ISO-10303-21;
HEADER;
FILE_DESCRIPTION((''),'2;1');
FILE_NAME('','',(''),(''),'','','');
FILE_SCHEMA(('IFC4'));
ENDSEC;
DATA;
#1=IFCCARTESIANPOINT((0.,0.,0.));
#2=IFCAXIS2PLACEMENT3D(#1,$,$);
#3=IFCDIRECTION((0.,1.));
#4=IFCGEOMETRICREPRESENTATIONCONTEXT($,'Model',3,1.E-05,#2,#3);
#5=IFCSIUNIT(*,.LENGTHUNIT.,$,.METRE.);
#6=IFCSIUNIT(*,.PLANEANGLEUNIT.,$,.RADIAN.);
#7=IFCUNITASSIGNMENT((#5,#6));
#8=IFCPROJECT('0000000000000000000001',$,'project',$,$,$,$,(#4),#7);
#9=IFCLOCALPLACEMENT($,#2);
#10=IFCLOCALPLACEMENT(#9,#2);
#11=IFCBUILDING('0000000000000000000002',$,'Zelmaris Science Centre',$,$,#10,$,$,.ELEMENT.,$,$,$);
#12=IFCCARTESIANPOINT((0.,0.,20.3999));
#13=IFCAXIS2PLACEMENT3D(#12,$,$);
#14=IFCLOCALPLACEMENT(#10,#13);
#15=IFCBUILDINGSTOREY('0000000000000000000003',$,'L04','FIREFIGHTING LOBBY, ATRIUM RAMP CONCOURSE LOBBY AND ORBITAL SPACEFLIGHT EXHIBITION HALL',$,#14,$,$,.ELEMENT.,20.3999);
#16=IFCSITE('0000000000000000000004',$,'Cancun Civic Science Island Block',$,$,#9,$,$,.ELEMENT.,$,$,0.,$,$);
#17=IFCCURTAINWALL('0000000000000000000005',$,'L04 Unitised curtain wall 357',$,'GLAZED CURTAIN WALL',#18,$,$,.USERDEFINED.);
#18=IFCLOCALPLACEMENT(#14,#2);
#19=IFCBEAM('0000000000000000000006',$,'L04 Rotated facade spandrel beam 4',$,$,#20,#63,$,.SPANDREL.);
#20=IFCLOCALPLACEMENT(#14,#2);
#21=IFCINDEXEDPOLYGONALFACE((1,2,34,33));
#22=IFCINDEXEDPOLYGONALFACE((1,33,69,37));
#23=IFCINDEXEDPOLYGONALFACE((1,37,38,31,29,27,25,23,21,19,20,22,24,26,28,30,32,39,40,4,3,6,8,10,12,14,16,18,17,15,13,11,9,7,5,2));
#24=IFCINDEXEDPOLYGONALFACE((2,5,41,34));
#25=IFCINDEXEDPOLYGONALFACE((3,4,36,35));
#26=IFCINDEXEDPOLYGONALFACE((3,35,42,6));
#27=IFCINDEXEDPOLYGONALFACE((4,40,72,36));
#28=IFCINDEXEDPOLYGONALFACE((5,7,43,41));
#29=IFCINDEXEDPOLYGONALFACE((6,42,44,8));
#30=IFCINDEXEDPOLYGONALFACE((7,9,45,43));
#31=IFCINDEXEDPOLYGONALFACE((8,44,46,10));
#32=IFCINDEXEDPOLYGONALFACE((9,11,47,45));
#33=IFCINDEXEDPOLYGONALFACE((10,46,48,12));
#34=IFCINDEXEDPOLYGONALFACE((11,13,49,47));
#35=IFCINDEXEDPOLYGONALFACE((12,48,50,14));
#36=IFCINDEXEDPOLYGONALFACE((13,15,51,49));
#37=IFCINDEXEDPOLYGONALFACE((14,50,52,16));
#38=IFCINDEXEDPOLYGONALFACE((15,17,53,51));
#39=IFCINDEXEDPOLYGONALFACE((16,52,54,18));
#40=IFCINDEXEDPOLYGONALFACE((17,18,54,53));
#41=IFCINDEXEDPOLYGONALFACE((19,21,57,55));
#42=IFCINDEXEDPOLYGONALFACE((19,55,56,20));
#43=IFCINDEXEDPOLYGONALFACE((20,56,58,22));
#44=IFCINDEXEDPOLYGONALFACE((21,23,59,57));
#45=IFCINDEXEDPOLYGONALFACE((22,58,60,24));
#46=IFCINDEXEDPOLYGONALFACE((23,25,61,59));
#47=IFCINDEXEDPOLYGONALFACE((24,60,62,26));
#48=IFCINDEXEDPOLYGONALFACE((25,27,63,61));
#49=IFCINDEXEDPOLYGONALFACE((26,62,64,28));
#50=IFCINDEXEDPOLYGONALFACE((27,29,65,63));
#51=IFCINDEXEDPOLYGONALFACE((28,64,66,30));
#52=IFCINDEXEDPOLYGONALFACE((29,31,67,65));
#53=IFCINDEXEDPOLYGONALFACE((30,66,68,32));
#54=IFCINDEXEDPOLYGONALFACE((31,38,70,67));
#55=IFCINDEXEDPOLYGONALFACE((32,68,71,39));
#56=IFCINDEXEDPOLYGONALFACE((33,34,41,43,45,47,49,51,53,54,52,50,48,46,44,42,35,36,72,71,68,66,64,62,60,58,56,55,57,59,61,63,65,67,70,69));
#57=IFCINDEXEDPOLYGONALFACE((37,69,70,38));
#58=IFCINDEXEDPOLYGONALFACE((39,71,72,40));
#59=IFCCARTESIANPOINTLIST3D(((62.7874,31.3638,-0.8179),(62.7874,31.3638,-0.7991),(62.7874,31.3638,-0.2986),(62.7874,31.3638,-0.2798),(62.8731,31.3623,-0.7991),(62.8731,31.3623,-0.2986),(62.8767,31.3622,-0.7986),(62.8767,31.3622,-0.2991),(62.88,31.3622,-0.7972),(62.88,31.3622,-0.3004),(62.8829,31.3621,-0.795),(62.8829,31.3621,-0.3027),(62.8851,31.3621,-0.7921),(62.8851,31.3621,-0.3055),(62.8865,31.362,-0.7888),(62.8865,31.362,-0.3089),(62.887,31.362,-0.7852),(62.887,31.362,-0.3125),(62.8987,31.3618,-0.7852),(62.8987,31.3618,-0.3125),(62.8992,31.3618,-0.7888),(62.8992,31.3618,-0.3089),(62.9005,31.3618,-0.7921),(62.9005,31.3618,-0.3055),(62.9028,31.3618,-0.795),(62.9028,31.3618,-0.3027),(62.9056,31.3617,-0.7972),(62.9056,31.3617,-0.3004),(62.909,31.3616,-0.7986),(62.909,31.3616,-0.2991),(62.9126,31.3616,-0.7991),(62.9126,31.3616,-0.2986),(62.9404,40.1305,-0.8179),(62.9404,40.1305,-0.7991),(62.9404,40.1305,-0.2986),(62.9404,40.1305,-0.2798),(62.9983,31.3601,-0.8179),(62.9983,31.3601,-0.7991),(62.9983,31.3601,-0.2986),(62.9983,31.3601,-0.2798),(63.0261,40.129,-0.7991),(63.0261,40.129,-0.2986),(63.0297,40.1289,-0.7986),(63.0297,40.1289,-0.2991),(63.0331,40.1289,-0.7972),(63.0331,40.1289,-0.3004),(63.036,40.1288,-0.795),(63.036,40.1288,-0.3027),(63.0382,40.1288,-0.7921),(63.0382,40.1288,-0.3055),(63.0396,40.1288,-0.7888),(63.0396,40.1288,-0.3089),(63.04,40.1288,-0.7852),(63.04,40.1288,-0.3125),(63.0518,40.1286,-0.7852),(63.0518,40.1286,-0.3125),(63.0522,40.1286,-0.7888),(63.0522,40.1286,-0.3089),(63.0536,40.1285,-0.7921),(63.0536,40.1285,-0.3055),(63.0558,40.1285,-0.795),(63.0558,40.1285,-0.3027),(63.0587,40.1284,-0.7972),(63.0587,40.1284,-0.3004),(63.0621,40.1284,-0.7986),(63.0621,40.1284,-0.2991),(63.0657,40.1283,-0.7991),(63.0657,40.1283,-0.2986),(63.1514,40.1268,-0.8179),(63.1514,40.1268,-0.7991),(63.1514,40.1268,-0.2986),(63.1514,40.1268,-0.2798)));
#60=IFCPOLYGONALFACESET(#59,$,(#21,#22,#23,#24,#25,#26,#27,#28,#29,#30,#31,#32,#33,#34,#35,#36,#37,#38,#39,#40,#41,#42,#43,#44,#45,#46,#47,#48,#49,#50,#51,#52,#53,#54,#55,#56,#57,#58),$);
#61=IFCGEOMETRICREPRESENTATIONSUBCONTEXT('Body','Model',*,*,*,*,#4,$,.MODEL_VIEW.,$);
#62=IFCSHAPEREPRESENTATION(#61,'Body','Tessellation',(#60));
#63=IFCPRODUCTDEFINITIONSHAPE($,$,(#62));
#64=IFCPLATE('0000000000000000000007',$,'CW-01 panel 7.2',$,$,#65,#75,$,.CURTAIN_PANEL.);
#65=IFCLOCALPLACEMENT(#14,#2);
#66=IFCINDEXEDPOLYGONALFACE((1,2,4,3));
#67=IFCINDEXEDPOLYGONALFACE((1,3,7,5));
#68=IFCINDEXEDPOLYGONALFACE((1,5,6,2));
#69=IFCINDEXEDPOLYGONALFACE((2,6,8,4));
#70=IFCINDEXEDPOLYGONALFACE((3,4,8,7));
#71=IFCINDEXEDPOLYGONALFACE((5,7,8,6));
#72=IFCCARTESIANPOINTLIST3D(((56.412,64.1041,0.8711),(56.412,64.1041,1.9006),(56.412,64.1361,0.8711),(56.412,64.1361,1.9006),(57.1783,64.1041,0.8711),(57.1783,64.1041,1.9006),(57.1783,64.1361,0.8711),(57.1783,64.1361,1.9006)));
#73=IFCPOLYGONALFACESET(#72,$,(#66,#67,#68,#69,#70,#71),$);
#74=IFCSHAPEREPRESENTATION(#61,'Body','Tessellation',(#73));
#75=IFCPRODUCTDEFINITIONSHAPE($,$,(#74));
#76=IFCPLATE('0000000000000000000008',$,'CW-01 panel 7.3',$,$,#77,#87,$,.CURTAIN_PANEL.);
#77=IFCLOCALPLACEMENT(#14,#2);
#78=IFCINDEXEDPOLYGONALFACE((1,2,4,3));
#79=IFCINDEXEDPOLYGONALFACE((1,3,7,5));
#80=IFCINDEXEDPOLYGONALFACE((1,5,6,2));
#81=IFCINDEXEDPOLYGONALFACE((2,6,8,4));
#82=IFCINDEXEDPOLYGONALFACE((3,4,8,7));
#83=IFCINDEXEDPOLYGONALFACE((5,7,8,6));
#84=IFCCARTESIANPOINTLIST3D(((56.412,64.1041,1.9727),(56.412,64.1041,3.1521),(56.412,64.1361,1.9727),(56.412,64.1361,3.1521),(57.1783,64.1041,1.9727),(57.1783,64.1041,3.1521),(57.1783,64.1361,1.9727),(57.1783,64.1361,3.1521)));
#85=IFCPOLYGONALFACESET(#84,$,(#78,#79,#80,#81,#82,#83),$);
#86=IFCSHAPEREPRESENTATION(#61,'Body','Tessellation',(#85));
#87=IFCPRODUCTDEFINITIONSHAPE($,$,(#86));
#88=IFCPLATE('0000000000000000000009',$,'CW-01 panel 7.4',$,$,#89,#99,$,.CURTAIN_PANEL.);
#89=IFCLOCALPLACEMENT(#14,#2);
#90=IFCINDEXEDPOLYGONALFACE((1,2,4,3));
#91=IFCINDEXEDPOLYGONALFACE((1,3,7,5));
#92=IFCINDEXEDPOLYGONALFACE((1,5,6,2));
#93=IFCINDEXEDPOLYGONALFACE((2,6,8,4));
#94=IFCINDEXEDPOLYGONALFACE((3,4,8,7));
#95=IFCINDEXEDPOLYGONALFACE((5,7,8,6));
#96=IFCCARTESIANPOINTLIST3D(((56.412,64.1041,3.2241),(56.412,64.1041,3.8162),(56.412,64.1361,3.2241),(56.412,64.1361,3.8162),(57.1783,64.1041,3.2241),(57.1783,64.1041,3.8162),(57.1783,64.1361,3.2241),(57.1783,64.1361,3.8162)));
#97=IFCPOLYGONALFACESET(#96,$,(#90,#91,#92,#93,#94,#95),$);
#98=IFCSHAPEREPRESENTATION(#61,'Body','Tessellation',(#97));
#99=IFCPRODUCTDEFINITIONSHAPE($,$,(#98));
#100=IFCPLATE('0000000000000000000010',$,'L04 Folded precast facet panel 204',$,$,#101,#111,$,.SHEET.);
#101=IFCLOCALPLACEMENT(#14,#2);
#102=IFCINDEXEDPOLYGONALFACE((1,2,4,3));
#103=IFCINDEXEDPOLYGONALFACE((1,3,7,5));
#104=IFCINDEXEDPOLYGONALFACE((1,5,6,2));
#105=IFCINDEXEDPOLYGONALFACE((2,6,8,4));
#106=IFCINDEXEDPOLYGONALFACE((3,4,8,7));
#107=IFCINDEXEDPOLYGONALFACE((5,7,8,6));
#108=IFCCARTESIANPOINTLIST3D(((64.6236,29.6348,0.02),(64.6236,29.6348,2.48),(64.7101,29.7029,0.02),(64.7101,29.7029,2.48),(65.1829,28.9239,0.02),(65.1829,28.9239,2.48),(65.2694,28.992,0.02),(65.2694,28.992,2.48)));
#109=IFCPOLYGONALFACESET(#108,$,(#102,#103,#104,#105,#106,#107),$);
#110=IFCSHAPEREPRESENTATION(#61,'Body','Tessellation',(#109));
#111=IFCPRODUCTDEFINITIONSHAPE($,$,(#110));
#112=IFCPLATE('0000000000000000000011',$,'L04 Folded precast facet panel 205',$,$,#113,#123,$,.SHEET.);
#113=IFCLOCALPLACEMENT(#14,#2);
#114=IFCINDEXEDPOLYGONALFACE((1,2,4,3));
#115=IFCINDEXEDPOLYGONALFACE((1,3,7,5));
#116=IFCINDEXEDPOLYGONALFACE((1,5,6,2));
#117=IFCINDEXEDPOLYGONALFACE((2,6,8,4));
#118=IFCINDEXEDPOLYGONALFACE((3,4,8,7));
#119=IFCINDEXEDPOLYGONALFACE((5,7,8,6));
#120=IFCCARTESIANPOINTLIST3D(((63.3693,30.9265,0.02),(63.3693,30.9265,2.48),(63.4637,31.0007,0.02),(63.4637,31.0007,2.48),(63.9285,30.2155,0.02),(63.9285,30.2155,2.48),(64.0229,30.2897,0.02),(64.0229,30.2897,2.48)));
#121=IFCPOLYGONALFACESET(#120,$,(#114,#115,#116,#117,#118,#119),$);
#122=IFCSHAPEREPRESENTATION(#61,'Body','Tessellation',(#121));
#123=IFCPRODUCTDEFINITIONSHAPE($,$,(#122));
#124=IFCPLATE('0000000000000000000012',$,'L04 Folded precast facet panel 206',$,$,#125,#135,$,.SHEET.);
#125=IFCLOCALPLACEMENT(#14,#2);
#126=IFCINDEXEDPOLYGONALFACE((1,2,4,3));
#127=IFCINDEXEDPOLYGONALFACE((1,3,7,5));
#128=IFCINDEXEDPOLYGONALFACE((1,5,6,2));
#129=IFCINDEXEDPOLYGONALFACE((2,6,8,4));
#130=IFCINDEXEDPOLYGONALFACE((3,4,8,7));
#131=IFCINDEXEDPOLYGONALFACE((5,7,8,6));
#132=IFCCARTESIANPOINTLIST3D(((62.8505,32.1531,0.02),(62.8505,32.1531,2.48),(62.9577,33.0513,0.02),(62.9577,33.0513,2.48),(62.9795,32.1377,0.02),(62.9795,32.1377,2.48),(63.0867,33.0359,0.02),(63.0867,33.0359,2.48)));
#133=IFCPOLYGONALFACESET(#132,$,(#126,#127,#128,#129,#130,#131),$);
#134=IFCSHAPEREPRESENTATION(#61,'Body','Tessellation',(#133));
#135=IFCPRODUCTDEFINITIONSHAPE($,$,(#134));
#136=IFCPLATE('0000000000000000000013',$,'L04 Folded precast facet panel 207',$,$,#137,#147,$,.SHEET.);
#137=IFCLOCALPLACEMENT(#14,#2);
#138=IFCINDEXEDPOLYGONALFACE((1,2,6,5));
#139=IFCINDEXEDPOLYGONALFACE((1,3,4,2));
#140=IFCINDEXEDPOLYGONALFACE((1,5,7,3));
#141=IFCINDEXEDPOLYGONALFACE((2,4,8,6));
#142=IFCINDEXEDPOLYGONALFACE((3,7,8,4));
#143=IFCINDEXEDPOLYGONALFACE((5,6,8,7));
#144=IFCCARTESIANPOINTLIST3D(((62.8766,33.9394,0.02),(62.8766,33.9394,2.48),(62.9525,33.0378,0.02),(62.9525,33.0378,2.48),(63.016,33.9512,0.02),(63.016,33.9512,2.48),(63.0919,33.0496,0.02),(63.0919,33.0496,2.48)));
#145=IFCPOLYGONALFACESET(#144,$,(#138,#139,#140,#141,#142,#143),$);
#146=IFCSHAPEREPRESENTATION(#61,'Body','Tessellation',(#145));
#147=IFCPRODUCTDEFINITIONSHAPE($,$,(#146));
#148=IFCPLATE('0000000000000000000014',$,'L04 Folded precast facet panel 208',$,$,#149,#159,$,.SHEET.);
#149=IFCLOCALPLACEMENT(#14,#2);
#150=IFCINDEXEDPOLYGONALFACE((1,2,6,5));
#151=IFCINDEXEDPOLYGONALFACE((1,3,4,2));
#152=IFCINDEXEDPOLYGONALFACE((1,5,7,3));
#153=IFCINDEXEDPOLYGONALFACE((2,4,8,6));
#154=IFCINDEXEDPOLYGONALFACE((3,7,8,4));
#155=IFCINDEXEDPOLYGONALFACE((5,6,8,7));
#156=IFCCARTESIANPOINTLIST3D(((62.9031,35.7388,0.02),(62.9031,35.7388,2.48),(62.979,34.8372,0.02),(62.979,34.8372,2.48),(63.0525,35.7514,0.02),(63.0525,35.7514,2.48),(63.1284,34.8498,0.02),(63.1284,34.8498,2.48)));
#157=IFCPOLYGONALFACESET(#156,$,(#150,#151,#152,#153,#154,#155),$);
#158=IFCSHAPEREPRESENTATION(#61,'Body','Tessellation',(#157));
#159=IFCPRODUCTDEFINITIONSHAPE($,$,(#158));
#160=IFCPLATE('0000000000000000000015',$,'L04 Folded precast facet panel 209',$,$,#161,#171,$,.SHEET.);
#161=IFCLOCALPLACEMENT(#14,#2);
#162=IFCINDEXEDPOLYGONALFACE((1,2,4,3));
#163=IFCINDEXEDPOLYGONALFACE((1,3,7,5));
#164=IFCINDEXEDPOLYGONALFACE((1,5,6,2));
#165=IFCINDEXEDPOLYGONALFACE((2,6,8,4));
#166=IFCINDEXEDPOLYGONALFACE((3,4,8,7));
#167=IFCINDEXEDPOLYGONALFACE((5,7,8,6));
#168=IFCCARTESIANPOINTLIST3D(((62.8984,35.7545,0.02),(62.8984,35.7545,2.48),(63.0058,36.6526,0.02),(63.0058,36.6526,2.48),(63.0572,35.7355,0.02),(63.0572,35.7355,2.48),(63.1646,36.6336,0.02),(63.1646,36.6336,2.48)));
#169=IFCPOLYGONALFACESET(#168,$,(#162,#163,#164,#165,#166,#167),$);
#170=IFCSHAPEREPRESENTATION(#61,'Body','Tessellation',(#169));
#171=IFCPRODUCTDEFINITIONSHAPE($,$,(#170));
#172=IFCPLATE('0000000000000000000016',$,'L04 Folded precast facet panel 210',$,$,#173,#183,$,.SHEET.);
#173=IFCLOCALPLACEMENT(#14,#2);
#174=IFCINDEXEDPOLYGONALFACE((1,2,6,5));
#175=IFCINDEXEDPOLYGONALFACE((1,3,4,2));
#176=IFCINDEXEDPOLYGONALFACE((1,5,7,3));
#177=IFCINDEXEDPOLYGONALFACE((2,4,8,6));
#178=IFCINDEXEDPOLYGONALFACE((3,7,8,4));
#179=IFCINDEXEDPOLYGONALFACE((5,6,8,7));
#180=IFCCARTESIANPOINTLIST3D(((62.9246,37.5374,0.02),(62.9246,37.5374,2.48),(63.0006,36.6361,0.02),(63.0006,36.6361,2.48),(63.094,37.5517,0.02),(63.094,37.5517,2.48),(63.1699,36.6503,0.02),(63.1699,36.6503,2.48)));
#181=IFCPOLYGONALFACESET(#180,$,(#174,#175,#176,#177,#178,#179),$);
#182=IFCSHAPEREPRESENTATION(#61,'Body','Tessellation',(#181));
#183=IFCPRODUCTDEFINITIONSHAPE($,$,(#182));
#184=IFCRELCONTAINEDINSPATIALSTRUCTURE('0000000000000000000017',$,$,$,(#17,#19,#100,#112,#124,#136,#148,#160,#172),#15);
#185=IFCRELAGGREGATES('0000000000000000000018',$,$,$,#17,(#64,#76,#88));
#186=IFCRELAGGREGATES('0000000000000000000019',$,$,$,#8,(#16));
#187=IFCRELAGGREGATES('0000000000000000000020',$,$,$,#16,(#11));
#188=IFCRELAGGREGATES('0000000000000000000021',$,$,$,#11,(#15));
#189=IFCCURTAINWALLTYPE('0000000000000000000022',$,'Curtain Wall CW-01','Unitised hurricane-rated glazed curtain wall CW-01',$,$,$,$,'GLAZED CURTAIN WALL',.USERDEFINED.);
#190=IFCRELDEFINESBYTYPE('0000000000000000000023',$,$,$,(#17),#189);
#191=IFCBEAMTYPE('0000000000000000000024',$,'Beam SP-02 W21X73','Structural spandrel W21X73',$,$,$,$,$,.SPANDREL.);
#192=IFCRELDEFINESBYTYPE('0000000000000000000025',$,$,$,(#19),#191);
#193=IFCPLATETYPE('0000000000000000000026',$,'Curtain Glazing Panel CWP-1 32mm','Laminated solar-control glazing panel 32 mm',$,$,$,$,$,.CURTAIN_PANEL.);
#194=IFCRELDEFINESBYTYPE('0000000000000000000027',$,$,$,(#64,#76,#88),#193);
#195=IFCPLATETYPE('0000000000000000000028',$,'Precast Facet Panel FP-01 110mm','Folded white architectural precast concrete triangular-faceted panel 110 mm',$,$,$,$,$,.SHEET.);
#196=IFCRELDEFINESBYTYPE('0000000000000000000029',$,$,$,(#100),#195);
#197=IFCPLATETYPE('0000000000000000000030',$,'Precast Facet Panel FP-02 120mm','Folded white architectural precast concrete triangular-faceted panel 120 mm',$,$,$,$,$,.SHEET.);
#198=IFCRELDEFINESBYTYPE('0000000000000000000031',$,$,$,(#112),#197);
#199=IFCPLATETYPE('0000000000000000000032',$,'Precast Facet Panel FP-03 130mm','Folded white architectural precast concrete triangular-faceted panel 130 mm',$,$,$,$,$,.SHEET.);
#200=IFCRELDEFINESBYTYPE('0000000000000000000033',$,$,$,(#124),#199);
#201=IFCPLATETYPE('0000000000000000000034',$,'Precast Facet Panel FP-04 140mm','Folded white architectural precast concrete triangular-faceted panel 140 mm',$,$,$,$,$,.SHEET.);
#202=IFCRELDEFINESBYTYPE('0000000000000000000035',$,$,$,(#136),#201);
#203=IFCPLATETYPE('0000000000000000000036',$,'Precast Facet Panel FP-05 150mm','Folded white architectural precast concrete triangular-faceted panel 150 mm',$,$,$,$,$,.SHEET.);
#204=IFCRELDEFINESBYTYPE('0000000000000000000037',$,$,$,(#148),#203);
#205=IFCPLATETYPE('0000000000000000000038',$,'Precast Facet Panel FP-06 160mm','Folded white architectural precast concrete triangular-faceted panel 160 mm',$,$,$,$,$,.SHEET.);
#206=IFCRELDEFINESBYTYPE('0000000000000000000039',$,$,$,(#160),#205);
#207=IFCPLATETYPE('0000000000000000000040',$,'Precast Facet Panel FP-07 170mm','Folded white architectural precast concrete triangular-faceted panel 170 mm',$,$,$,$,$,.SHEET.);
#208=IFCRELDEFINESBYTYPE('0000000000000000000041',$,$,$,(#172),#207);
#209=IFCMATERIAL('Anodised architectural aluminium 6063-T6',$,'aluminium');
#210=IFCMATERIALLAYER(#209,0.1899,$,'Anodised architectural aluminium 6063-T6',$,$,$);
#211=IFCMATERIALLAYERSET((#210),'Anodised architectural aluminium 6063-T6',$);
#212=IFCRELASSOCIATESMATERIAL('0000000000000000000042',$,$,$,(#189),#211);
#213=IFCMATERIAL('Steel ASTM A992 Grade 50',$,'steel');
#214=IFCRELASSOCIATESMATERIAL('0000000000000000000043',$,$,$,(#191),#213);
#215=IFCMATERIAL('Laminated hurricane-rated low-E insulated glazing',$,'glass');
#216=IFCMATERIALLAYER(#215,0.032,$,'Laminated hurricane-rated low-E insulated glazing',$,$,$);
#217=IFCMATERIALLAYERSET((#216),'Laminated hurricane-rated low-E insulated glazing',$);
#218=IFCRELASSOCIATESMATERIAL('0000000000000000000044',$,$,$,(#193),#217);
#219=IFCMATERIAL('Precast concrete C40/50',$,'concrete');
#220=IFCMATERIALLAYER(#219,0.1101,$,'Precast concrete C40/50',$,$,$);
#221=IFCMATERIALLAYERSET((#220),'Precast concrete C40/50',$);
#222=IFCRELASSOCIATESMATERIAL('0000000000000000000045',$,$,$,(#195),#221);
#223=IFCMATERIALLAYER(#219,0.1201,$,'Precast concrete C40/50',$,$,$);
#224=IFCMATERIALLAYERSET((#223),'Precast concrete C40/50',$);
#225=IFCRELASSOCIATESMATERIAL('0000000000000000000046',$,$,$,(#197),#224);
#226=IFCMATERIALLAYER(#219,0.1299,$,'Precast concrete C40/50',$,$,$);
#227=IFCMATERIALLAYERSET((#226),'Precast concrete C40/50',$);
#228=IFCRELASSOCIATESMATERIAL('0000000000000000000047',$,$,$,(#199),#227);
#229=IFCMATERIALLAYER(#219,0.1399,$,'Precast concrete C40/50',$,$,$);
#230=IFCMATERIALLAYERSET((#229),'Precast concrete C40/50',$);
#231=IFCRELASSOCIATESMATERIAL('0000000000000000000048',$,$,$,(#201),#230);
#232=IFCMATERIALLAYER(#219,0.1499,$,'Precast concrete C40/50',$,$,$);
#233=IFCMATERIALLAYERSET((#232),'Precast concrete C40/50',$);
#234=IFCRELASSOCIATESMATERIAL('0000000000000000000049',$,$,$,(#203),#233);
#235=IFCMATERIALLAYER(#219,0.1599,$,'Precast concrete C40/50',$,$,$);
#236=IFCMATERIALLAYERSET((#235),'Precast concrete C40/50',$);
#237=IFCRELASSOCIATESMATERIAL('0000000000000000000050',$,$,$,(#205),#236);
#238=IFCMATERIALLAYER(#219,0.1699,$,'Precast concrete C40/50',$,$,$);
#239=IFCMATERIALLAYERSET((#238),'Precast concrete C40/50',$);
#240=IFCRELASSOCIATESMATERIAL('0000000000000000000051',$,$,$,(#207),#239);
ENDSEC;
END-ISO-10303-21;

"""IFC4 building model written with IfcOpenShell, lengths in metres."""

from ifc_helpers import new_model, si_unit, direction, frame, frame_2d, origin, origin_2d, place, context, subcontext, project, spatial, rectangle, i_section, extrude, material, layer, layer_set, material_profile, profile_set, type_object, element, aggregate, save


model = new_model("IFC4")

# Units and contexts
model_context = context("Model", 3, precision=1e-05, world=origin(), true_north=direction((0.0, 1.0)))
body_context = subcontext(model_context, "Body", "Model", "MODEL_VIEW")
ifc_project = project(units=[si_unit("LENGTHUNIT", "METRE"), si_unit("PLANEANGLEUNIT", "RADIAN")], contexts=[model_context])

# Site, building, storey
site_placement = place(None, origin())
site = spatial("IfcSite", under=ifc_project, at=site_placement, Name="Cancun Civic Science Island Block", CompositionType="ELEMENT", RefElevation=0.0)
building_placement = place(site_placement, origin())
building = spatial("IfcBuilding", under=site, at=building_placement, Name="Zelmaris Science Centre", CompositionType="ELEMENT")
storey_placement = place(building_placement, frame((0.0, 0.0, 20.3999)))
storey = spatial("IfcBuildingStorey", under=building, at=storey_placement, Name="L04", Description="FIREFIGHTING LOBBY, ATRIUM RAMP CONCOURSE LOBBY AND ORBITAL SPACEFLIGHT EXHIBITION HALL", CompositionType="ELEMENT", Elevation=20.3999)

# Shared definitions
ifc_material_1 = material(Name="Steel ASTM A992 Grade 50", Category="steel")

# Curtain wall
ifc_material_2 = material(Name="Anodised architectural aluminium 6063-T6", Category="aluminium")
ifc_layer_1 = layer(ifc_material_2, 0.1899, Name="Anodised architectural aluminium 6063-T6")
ifc_layer_set_1 = layer_set([ifc_layer_1], Name="Anodised architectural aluminium 6063-T6")
curtain_wall_type = type_object("IfcCurtainWallType", Name="Curtain Wall CW-01", Description="Unitised hurricane-rated glazed curtain wall CW-01", ElementType="GLAZED CURTAIN WALL", PredefinedType="USERDEFINED", material=ifc_layer_set_1)
curtain_wall_placement = place(storey_placement, origin())
curtain_wall = element("IfcCurtainWall", 1, at=curtain_wall_placement, inside=storey, type_object=curtain_wall_type, Name="L04 Unitised curtain wall 357", ObjectType="GLAZED CURTAIN WALL", PredefinedType="USERDEFINED")

# Beam
ifc_material_profile_1 = material_profile(ifc_material_1, i_section(OverallWidth=0.2109, OverallDepth=0.5381, WebThickness=0.0117, FlangeThickness=0.0188, FilletRadius=0.0139, at=origin_2d()), Name="W21X73")
ifc_profile_set_1 = profile_set([ifc_material_profile_1], Name="Steel ASTM A992 Grade 50")
beam_type_1 = type_object("IfcBeamType", Name="Beam SP-02 W21X73", Description="Structural spandrel W21X73", PredefinedType="SPANDREL", material=ifc_profile_set_1)
beam_1_placement = place(storey_placement, frame((63.0459, 40.1287, -0.5488), z_axis=(-0.017458, -0.999848, 0.0), x_axis=(0.999848, -0.017458, 0.0)))
element("IfcBeam", 2, at=beam_1_placement, inside=storey, type_object=beam_type_1, Name="L04 Rotated facade spandrel beam 4", PredefinedType="SPANDREL", context=body_context, shape_type="SweptSolid", body=[
    extrude(i_section(OverallWidth=0.2109, OverallDepth=0.5381, WebThickness=0.0117, FlangeThickness=0.0188, FilletRadius=0.0139, at=origin_2d()), origin(), (0.0, 0.0, 1.0), 8.7681),
])

# Plates
ifc_material_3 = material(Name="Laminated hurricane-rated low-E insulated glazing", Category="glass")
ifc_layer_2 = layer(ifc_material_3, 0.032, Name="Laminated hurricane-rated low-E insulated glazing")
ifc_layer_set_2 = layer_set([ifc_layer_2], Name="Laminated hurricane-rated low-E insulated glazing")
plate_type_1 = type_object("IfcPlateType", Name="Curtain Glazing Panel CWP-1 32mm", Description="Laminated solar-control glazing panel 32 mm", PredefinedType="CURTAIN_PANEL", material=ifc_layer_set_2)
plate_1_placement = place(storey_placement, frame((56.7952, 64.1201, 0.8711), z_axis=(0.0, 0.0, 1.0), x_axis=(-1.0, 0.000016, 0.0)))
plate_1 = element("IfcPlate", 3, at=plate_1_placement, type_object=plate_type_1, Name="CW-01 panel 7.2", PredefinedType="CURTAIN_PANEL", context=body_context, shape_type="SweptSolid", body=[
    extrude(rectangle(XDim=0.7664, YDim=0.032, at=origin_2d()), origin(), (0.0, 0.0, 1.0), 1.0295),
])
plate_2_placement = place(storey_placement, frame((56.7952, 64.1201, 1.9727), z_axis=(0.0, 0.0, 1.0), x_axis=(-1.0, 0.000016, 0.0)))
plate_2 = element("IfcPlate", 4, at=plate_2_placement, type_object=plate_type_1, Name="CW-01 panel 7.3", PredefinedType="CURTAIN_PANEL", context=body_context, shape_type="SweptSolid", body=[
    extrude(rectangle(XDim=0.7664, YDim=0.032, at=origin_2d()), origin(), (0.0, 0.0, 1.0), 1.1794),
])
plate_3_placement = place(storey_placement, frame((56.7952, 64.1201, 3.2241), z_axis=(0.0, 0.0, 1.0), x_axis=(-1.0, 0.000016, 0.0)))
plate_3 = element("IfcPlate", 5, at=plate_3_placement, type_object=plate_type_1, Name="CW-01 panel 7.4", PredefinedType="CURTAIN_PANEL", context=body_context, shape_type="SweptSolid", body=[
    extrude(rectangle(XDim=0.7664, YDim=0.032, at=origin_2d()), origin(), (0.0, 0.0, 1.0), 0.592),
])
aggregate(curtain_wall, [plate_1, plate_2, plate_3])

# Plates
ifc_material_4 = material(Name="Precast concrete C40/50", Category="concrete")
ifc_layer_3 = layer(ifc_material_4, 0.1101, Name="Precast concrete C40/50")
ifc_layer_set_3 = layer_set([ifc_layer_3], Name="Precast concrete C40/50")
plate_type_2 = type_object("IfcPlateType", Name="Precast Facet Panel FP-01 110mm", Description="Folded white architectural precast concrete triangular-faceted panel 110 mm", PredefinedType="SHEET", material=ifc_layer_set_3)
plate_4_placement = place(storey_placement, frame((65.2261, 28.958, 0.02), z_axis=(0.0, 0.0, 1.0), x_axis=(-0.618322, 0.785925, 0.0)))
element("IfcPlate", 6, at=plate_4_placement, inside=storey, type_object=plate_type_2, Name="L04 Folded precast facet panel 204", PredefinedType="SHEET", context=body_context, shape_type="SweptSolid", body=[
    extrude(rectangle(XDim=0.9045, YDim=0.1101, at=frame_2d((0.4521, 0.0))), origin(), (0.0, 0.0, 1.0), 2.46),
])
ifc_layer_4 = layer(ifc_material_4, 0.1201, Name="Precast concrete C40/50")
ifc_layer_set_4 = layer_set([ifc_layer_4], Name="Precast concrete C40/50")
plate_type_3 = type_object("IfcPlateType", Name="Precast Facet Panel FP-02 120mm", Description="Folded white architectural precast concrete triangular-faceted panel 120 mm", PredefinedType="SHEET", material=ifc_layer_set_4)
plate_5_placement = place(storey_placement, frame((63.9756, 30.2527, 0.02), z_axis=(0.0, 0.0, 1.0), x_axis=(-0.618155, 0.786056, 0.0)))
element("IfcPlate", 7, at=plate_5_placement, inside=storey, type_object=plate_type_3, Name="L04 Folded precast facet panel 205", PredefinedType="SHEET", context=body_context, shape_type="SweptSolid", body=[
    extrude(rectangle(XDim=0.9045, YDim=0.1201, at=frame_2d((0.4521, 0.0))), origin(), (0.0, 0.0, 1.0), 2.46),
])
ifc_layer_5 = layer(ifc_material_4, 0.1299, Name="Precast concrete C40/50")
ifc_layer_set_5 = layer_set([ifc_layer_5], Name="Precast concrete C40/50")
plate_type_4 = type_object("IfcPlateType", Name="Precast Facet Panel FP-03 130mm", Description="Folded white architectural precast concrete triangular-faceted panel 130 mm", PredefinedType="SHEET", material=ifc_layer_set_5)
plate_6_placement = place(storey_placement, frame((62.915, 32.1455, 0.02), z_axis=(0.0, 0.0, 1.0), x_axis=(0.118485, 0.992956, 0.0)))
element("IfcPlate", 8, at=plate_6_placement, inside=storey, type_object=plate_type_4, Name="L04 Folded precast facet panel 206", PredefinedType="SHEET", context=body_context, shape_type="SweptSolid", body=[
    extrude(rectangle(XDim=0.9045, YDim=0.1299, at=frame_2d((0.4521, 0.0))), origin(), (0.0, 0.0, 1.0), 2.46),
])
ifc_layer_6 = layer(ifc_material_4, 0.1399, Name="Precast concrete C40/50")
ifc_layer_set_6 = layer_set([ifc_layer_6], Name="Precast concrete C40/50")
plate_type_5 = type_object("IfcPlateType", Name="Precast Facet Panel FP-04 140mm", Description="Folded white architectural precast concrete triangular-faceted panel 140 mm", PredefinedType="SHEET", material=ifc_layer_set_6)
plate_7_placement = place(storey_placement, frame((63.0222, 33.0437, 0.02), z_axis=(0.0, 0.0, 1.0), x_axis=(-0.083916, 0.996473, 0.0)))
element("IfcPlate", 9, at=plate_7_placement, inside=storey, type_object=plate_type_5, Name="L04 Folded precast facet panel 207", PredefinedType="SHEET", context=body_context, shape_type="SweptSolid", body=[
    extrude(rectangle(XDim=0.9048, YDim=0.1399, at=frame_2d((0.4524, 0.0))), origin(), (0.0, 0.0, 1.0), 2.46),
])
ifc_layer_7 = layer(ifc_material_4, 0.1499, Name="Precast concrete C40/50")
ifc_layer_set_7 = layer_set([ifc_layer_7], Name="Precast concrete C40/50")
plate_type_6 = type_object("IfcPlateType", Name="Precast Facet Panel FP-05 150mm", Description="Folded white architectural precast concrete triangular-faceted panel 150 mm", PredefinedType="SHEET", material=ifc_layer_set_7)
plate_8_placement = place(storey_placement, frame((63.0537, 34.8435, 0.02), z_axis=(0.0, 0.0, 1.0), x_axis=(-0.083916, 0.996473, 0.0)))
element("IfcPlate", 10, at=plate_8_placement, inside=storey, type_object=plate_type_6, Name="L04 Folded precast facet panel 208", PredefinedType="SHEET", context=body_context, shape_type="SweptSolid", body=[
    extrude(rectangle(XDim=0.9048, YDim=0.1499, at=frame_2d((0.4524, 0.0))), origin(), (0.0, 0.0, 1.0), 2.46),
])
ifc_layer_8 = layer(ifc_material_4, 0.1599, Name="Precast concrete C40/50")
ifc_layer_set_8 = layer_set([ifc_layer_8], Name="Precast concrete C40/50")
plate_type_7 = type_object("IfcPlateType", Name="Precast Facet Panel FP-06 160mm", Description="Folded white architectural precast concrete triangular-faceted panel 160 mm", PredefinedType="SHEET", material=ifc_layer_set_8)
plate_9_placement = place(storey_placement, frame((62.9778, 35.7451, 0.02), z_axis=(0.0, 0.0, 1.0), x_axis=(0.118751, 0.992924, 0.0)))
element("IfcPlate", 11, at=plate_9_placement, inside=storey, type_object=plate_type_7, Name="L04 Folded precast facet panel 209", PredefinedType="SHEET", context=body_context, shape_type="SweptSolid", body=[
    extrude(rectangle(XDim=0.9045, YDim=0.1599, at=frame_2d((0.4521, 0.0))), origin(), (0.0, 0.0, 1.0), 2.46),
])
ifc_layer_9 = layer(ifc_material_4, 0.1699, Name="Precast concrete C40/50")
ifc_layer_set_9 = layer_set([ifc_layer_9], Name="Precast concrete C40/50")
plate_type_8 = type_object("IfcPlateType", Name="Precast Facet Panel FP-07 170mm", Description="Folded white architectural precast concrete triangular-faceted panel 170 mm", PredefinedType="SHEET", material=ifc_layer_set_9)
plate_10_placement = place(storey_placement, frame((63.0852, 36.6433, 0.02), z_axis=(0.0, 0.0, 1.0), x_axis=(-0.083939, 0.996471, 0.0)))
element("IfcPlate", 12, at=plate_10_placement, inside=storey, type_object=plate_type_8, Name="L04 Folded precast facet panel 210", PredefinedType="SHEET", context=body_context, shape_type="SweptSolid", body=[
    extrude(rectangle(XDim=0.9045, YDim=0.1699, at=frame_2d((0.4521, 0.0))), origin(), (0.0, 0.0, 1.0), 2.46),
])

save(model, "model.ifc")
